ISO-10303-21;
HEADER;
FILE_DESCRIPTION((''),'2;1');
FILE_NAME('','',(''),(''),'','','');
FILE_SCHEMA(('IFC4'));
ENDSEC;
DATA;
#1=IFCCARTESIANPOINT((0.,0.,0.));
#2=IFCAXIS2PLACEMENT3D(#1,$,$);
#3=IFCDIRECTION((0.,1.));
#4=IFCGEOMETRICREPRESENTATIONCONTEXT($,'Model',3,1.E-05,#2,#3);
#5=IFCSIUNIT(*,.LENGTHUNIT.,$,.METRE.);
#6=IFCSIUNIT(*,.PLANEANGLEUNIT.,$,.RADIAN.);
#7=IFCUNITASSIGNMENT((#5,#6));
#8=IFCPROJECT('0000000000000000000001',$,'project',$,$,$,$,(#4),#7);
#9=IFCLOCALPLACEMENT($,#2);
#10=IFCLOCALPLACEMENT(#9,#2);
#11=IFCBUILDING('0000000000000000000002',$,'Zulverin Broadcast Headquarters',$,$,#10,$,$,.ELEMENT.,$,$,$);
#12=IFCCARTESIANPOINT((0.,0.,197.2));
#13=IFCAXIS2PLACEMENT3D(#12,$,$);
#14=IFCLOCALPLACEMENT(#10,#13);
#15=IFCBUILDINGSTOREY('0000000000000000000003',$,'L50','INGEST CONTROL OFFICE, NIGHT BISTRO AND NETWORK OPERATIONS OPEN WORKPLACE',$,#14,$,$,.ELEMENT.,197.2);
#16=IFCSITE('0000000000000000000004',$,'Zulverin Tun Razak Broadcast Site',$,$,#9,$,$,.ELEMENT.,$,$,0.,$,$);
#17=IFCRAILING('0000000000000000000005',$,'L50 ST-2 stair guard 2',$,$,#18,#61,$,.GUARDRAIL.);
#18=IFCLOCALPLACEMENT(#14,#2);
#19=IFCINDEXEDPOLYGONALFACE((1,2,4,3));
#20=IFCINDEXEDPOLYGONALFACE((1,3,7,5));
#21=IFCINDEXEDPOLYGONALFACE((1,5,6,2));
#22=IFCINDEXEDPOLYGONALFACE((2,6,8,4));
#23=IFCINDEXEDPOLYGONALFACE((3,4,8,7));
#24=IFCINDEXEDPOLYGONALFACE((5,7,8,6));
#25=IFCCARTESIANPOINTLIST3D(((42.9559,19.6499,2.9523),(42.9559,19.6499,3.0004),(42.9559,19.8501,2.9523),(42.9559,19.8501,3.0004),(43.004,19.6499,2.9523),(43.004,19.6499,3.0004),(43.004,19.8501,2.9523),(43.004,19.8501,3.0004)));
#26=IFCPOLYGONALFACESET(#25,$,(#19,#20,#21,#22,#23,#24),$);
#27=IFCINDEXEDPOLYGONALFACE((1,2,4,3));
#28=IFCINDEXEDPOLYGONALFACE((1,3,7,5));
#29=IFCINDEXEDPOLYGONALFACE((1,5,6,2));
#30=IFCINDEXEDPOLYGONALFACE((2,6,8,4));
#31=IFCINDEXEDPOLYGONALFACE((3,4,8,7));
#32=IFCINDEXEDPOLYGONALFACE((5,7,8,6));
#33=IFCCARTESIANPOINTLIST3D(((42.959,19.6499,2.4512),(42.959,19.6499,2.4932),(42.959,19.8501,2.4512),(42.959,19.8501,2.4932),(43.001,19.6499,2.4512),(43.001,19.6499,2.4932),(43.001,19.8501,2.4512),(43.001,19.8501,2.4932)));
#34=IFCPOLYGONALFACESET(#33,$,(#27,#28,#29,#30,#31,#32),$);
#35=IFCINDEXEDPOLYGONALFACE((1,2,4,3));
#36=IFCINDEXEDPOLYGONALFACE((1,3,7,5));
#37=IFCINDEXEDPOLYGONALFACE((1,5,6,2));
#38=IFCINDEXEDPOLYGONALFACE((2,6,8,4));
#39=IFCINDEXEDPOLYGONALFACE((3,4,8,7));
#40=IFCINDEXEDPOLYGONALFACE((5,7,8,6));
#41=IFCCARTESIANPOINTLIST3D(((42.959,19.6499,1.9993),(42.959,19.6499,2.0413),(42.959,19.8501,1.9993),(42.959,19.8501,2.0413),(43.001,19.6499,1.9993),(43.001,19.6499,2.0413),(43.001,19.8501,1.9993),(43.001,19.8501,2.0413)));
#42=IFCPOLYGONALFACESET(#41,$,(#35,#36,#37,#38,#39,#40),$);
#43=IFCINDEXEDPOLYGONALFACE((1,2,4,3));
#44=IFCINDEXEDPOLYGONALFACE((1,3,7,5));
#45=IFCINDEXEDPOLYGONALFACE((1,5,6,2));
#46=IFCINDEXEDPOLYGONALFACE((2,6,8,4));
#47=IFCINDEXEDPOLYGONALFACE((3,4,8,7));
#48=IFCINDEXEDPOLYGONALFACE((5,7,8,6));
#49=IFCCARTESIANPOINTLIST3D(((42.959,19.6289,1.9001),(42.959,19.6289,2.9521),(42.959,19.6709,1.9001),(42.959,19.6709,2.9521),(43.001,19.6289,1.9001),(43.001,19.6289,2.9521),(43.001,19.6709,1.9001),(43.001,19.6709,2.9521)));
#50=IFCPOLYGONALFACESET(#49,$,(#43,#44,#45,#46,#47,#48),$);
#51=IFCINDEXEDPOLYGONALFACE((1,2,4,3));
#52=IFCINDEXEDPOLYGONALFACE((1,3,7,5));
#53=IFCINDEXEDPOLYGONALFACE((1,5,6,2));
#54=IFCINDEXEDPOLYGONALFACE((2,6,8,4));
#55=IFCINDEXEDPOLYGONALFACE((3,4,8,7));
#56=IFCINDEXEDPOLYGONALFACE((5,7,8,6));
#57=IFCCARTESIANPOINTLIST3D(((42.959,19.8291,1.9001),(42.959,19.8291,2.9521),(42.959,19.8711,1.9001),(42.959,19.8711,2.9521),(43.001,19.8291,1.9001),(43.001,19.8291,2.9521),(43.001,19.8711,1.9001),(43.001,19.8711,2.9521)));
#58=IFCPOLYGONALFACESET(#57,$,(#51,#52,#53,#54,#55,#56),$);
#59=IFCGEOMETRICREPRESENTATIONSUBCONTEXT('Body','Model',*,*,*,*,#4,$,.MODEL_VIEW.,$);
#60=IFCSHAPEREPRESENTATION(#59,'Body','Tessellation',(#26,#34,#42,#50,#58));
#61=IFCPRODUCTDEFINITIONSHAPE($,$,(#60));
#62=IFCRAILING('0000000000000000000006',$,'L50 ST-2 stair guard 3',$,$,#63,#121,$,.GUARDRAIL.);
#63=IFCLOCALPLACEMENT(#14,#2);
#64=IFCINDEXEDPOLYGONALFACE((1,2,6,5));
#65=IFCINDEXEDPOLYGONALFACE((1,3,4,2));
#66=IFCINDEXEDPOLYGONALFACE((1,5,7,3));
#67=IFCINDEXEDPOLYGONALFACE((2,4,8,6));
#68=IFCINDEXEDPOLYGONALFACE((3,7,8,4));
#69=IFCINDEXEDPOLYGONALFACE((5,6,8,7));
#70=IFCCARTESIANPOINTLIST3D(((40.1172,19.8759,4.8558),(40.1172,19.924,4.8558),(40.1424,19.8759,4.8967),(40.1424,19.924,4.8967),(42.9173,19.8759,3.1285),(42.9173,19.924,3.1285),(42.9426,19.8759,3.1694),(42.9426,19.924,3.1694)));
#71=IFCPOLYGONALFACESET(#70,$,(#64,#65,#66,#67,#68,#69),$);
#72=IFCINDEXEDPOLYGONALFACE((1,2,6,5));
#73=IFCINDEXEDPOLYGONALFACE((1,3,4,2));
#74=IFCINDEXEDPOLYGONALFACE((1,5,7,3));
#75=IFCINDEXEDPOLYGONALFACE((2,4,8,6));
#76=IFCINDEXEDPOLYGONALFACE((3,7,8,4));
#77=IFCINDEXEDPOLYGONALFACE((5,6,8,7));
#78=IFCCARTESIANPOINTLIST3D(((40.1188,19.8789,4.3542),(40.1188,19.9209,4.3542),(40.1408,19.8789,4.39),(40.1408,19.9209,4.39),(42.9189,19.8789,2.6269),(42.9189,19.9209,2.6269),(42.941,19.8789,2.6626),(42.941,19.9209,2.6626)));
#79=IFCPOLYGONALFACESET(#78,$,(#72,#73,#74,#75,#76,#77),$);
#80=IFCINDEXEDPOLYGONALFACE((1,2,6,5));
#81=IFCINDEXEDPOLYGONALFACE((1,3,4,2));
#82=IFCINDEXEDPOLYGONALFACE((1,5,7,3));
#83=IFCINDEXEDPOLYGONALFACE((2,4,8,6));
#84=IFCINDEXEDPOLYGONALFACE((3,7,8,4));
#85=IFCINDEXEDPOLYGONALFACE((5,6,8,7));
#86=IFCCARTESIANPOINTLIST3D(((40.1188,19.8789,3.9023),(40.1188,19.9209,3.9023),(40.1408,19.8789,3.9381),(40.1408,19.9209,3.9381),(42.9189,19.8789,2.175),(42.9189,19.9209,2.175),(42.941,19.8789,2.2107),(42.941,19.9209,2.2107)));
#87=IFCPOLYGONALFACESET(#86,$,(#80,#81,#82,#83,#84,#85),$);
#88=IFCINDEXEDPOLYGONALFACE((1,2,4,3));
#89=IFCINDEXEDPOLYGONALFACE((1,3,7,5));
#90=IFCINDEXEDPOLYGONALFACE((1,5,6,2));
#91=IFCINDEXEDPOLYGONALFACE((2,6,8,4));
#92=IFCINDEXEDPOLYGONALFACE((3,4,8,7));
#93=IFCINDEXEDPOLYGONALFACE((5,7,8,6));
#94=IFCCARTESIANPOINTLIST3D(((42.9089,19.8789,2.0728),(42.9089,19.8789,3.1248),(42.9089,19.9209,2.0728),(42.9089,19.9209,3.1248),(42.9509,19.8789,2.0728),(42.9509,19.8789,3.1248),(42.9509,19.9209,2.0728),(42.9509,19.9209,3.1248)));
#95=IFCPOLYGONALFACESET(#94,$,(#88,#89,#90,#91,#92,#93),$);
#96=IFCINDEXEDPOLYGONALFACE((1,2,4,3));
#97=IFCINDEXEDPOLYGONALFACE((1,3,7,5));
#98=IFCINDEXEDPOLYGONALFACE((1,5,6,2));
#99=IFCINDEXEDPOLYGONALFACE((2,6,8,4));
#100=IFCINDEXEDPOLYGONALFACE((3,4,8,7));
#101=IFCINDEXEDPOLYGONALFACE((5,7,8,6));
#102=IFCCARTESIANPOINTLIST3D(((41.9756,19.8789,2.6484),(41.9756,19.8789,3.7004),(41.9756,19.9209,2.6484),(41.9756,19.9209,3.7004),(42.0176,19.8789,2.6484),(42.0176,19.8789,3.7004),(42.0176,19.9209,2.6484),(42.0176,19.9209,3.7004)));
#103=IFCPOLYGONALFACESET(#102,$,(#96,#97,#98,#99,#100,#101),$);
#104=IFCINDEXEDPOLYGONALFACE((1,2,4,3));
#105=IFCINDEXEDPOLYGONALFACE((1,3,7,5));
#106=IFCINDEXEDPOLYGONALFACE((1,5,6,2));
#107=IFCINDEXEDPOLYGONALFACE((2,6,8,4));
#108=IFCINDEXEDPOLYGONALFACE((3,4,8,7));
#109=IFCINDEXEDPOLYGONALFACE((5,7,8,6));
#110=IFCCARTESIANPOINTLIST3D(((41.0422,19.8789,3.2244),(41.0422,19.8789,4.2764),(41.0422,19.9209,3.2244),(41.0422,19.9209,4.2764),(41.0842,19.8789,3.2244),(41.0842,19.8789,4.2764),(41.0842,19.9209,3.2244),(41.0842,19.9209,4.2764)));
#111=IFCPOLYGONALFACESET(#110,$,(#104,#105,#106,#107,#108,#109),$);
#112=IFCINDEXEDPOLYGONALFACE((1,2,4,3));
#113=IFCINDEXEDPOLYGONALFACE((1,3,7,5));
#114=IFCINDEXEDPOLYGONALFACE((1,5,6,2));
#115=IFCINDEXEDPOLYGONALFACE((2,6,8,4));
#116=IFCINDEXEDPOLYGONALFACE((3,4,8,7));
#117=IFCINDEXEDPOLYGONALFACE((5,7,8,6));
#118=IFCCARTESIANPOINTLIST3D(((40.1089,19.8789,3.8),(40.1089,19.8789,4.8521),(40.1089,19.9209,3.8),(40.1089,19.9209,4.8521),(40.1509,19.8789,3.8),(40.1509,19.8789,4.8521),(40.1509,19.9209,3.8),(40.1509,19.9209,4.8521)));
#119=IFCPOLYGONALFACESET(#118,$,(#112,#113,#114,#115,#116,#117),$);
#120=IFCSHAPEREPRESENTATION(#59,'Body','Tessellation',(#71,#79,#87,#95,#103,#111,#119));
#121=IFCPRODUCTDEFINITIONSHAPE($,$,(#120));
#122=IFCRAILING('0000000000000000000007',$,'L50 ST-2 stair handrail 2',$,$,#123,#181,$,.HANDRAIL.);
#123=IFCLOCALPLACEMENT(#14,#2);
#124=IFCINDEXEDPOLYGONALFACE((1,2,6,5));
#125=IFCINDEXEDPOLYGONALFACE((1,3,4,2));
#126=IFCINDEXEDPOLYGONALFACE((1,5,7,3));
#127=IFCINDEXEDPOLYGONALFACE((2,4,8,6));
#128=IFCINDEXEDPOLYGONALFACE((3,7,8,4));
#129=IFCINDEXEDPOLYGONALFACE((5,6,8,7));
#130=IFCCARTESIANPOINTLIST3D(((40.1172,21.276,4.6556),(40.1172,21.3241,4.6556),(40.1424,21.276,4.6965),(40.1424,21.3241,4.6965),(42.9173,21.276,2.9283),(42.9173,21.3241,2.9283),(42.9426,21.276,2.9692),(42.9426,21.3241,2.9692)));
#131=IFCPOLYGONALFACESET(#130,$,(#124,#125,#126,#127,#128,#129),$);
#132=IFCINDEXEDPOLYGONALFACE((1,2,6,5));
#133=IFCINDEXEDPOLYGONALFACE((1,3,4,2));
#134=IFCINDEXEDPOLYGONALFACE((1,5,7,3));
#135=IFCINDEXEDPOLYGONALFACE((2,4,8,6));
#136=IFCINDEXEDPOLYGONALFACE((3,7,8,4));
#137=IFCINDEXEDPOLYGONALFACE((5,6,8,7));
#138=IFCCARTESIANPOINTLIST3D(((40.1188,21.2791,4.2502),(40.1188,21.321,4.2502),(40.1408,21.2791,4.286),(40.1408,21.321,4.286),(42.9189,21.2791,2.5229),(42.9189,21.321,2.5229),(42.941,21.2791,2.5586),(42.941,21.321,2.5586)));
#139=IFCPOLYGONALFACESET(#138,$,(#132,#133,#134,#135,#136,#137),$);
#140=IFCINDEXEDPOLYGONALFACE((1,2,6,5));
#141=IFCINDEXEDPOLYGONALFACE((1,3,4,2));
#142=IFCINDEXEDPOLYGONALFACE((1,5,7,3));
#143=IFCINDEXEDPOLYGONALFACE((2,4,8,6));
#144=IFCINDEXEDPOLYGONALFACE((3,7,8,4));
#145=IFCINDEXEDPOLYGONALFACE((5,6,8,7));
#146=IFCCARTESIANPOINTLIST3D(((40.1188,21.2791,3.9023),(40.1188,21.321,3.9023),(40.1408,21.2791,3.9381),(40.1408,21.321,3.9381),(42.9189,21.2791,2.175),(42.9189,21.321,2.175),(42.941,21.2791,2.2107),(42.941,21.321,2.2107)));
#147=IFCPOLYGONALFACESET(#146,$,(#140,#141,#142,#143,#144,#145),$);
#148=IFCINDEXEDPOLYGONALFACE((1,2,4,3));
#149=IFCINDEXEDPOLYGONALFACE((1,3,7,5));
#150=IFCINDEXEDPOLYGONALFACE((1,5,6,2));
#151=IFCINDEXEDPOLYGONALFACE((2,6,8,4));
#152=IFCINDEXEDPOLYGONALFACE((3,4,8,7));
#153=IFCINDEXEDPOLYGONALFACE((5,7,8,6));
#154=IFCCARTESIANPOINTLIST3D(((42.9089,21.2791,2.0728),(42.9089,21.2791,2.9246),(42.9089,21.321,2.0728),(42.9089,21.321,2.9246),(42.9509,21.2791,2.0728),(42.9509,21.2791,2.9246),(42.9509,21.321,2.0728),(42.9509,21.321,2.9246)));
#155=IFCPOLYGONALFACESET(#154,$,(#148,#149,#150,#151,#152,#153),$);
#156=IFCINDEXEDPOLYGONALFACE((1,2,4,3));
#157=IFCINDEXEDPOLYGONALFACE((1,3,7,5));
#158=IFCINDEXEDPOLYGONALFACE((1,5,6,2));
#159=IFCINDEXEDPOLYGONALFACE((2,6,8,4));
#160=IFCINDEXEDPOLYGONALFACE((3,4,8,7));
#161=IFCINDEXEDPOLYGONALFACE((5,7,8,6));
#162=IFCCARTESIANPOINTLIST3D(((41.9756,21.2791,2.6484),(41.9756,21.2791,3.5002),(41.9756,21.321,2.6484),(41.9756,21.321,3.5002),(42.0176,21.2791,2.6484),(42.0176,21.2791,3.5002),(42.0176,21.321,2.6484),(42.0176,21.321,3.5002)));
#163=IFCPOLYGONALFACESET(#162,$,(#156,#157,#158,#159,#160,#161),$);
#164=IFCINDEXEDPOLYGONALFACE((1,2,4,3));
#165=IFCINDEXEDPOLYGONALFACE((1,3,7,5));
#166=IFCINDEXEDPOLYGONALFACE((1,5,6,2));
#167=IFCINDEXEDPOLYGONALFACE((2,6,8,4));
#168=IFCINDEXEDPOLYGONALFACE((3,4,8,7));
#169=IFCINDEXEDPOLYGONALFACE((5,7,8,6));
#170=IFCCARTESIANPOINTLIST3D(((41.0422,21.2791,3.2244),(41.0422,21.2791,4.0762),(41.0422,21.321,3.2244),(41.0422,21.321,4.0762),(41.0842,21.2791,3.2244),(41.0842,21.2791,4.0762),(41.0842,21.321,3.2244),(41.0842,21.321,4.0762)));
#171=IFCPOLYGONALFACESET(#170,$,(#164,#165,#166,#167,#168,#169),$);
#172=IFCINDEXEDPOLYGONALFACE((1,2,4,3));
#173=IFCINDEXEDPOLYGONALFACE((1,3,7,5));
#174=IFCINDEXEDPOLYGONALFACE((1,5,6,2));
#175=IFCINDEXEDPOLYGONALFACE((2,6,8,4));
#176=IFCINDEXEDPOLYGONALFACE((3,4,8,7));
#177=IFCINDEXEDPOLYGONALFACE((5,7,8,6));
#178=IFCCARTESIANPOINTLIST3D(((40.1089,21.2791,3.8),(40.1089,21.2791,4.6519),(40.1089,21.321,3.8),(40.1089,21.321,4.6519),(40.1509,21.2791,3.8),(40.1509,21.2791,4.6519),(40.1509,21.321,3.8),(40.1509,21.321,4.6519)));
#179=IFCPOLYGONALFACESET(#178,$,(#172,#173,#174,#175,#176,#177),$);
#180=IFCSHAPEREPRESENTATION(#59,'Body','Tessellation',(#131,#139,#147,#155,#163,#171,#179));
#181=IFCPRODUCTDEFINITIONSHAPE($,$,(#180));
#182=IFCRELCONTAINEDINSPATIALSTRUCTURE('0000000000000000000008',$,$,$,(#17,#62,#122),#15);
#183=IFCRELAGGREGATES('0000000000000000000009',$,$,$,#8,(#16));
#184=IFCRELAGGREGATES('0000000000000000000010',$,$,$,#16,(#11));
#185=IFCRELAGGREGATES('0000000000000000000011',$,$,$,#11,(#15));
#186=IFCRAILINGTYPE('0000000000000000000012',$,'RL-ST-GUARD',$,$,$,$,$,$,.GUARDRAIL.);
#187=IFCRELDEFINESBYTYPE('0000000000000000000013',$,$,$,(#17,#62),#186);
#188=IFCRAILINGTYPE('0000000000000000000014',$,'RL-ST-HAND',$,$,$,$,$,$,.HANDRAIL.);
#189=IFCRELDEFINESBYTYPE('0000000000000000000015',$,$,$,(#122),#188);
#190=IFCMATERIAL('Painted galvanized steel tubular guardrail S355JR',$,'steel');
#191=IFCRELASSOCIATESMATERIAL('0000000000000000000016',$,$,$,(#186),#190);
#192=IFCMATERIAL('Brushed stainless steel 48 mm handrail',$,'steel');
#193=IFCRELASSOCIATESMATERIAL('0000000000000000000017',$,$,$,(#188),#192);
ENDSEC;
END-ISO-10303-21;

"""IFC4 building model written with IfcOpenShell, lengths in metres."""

from ifc_helpers import new_model, si_unit, direction, frame, origin, origin_2d, place, context, subcontext, project, spatial, rectangle, extrude, material, type_object, element, save


model = new_model("IFC4")

# Units and contexts
model_context = context("Model", 3, precision=1e-05, world=origin(), true_north=direction((0.0, 1.0)))
body_context = subcontext(model_context, "Body", "Model", "MODEL_VIEW")
ifc_project = project(units=[si_unit("LENGTHUNIT", "METRE"), si_unit("PLANEANGLEUNIT", "RADIAN")], contexts=[model_context])

# Site, building, storey
site_placement = place(None, origin())
site = spatial("IfcSite", under=ifc_project, at=site_placement, Name="Zulverin Tun Razak Broadcast Site", CompositionType="ELEMENT", RefElevation=0.0)
building_placement = place(site_placement, origin())
building = spatial("IfcBuilding", under=site, at=building_placement, Name="Zulverin Broadcast Headquarters", CompositionType="ELEMENT")
storey_placement = place(building_placement, frame((0.0, 0.0, 197.2)))
storey = spatial("IfcBuildingStorey", under=building, at=storey_placement, Name="L50", Description="INGEST CONTROL OFFICE, NIGHT BISTRO AND NETWORK OPERATIONS OPEN WORKPLACE", CompositionType="ELEMENT", Elevation=197.2)

# Railings
ifc_material_1 = material(Name="Painted galvanized steel tubular guardrail S355JR", Category="steel")
railing_type_1 = type_object("IfcRailingType", Name="RL-ST-GUARD", PredefinedType="GUARDRAIL", material=ifc_material_1)
railing_1_placement = place(storey_placement, frame((42.98, 19.6499, 1.9001)))
element("IfcRailing", 1, at=railing_1_placement, inside=storey, type_object=railing_type_1, Name="L50 ST-2 stair guard 2", PredefinedType="GUARDRAIL", context=body_context, shape_type="SweptSolid", body=[
    extrude(rectangle(XDim=0.0481, YDim=0.0481, at=origin_2d()), frame((0.0, 0.0, 1.0762), z_axis=(0.0, 1.0, 0.0), x_axis=(-1.0, 0.0, 0.0)), (0.0, 0.0, 1.0), 0.2002),
    extrude(rectangle(XDim=0.042, YDim=0.042, at=origin_2d()), frame((0.0, 0.0, 0.572), z_axis=(0.0, 1.0, 0.0), x_axis=(-1.0, 0.0, 0.0)), (0.0, 0.0, 1.0), 0.2002),
    extrude(rectangle(XDim=0.042, YDim=0.042, at=origin_2d()), frame((0.0, 0.0, 0.1201), z_axis=(0.0, 1.0, 0.0), x_axis=(-1.0, 0.0, 0.0)), (0.0, 0.0, 1.0), 0.2002),
    extrude(rectangle(XDim=0.042, YDim=0.042, at=origin_2d()), origin(), (0.0, 0.0, 1.0), 1.052),
    extrude(rectangle(XDim=0.042, YDim=0.042, at=origin_2d()), frame((0.0, 0.2002, 0.0)), (0.0, 0.0, 1.0), 1.052),
])
railing_2_placement = place(storey_placement, frame((42.9299, 19.8999, 2.0728)))
element("IfcRailing", 2, at=railing_2_placement, inside=storey, type_object=railing_type_1, Name="L50 ST-2 stair guard 3", PredefinedType="GUARDRAIL", context=body_context, shape_type="SweptSolid", body=[
    extrude(rectangle(XDim=0.0481, YDim=0.0481, at=origin_2d()), frame((0.0, 0.0, 1.0762), z_axis=(-0.85109, 0.0, 0.52502), x_axis=(0.0, -1.0, 0.0)), (0.0, 0.0, 1.0), 3.29),
    extrude(rectangle(XDim=0.042, YDim=0.042, at=origin_2d()), frame((0.0, 0.0, 0.572), z_axis=(-0.85109, 0.0, 0.52502), x_axis=(0.0, -1.0, 0.0)), (0.0, 0.0, 1.0), 3.29),
    extrude(rectangle(XDim=0.042, YDim=0.042, at=origin_2d()), frame((0.0, 0.0, 0.1201), z_axis=(-0.85109, 0.0, 0.52502), x_axis=(0.0, -1.0, 0.0)), (0.0, 0.0, 1.0), 3.29),
    extrude(rectangle(XDim=0.042, YDim=0.042, at=origin_2d()), origin(), (0.0, 0.0, 1.0), 1.052),
    extrude(rectangle(XDim=0.042, YDim=0.042, at=origin_2d()), frame((-0.9333, 0.0, 0.5757)), (0.0, 0.0, 1.0), 1.052),
    extrude(rectangle(XDim=0.042, YDim=0.042, at=origin_2d()), frame((-1.8667, 0.0, 1.1516)), (0.0, 0.0, 1.0), 1.052),
    extrude(rectangle(XDim=0.042, YDim=0.042, at=origin_2d()), frame((-2.8, 0.0, 1.7273)), (0.0, 0.0, 1.0), 1.052),
])
ifc_material_2 = material(Name="Brushed stainless steel 48 mm handrail", Category="steel")
railing_type_2 = type_object("IfcRailingType", Name="RL-ST-HAND", PredefinedType="HANDRAIL", material=ifc_material_2)
railing_3_placement = place(storey_placement, frame((42.9299, 21.3, 2.0728)))
element("IfcRailing", 3, at=railing_3_placement, inside=storey, type_object=railing_type_2, Name="L50 ST-2 stair handrail 2", PredefinedType="HANDRAIL", context=body_context, shape_type="SweptSolid", body=[
    extrude(rectangle(XDim=0.0481, YDim=0.0481, at=origin_2d()), frame((0.0, 0.0, 0.876), z_axis=(-0.85109, 0.0, 0.52502), x_axis=(0.0, -1.0, 0.0)), (0.0, 0.0, 1.0), 3.29),
    extrude(rectangle(XDim=0.042, YDim=0.042, at=origin_2d()), frame((0.0, 0.0, 0.468), z_axis=(-0.85109, 0.0, 0.52502), x_axis=(0.0, -1.0, 0.0)), (0.0, 0.0, 1.0), 3.29),
    extrude(rectangle(XDim=0.042, YDim=0.042, at=origin_2d()), frame((0.0, 0.0, 0.1201), z_axis=(-0.85109, 0.0, 0.52502), x_axis=(0.0, -1.0, 0.0)), (0.0, 0.0, 1.0), 3.29),
    extrude(rectangle(XDim=0.042, YDim=0.042, at=origin_2d()), origin(), (0.0, 0.0, 1.0), 0.8518),
    extrude(rectangle(XDim=0.042, YDim=0.042, at=origin_2d()), frame((-0.9333, 0.0, 0.5757)), (0.0, 0.0, 1.0), 0.8518),
    extrude(rectangle(XDim=0.042, YDim=0.042, at=origin_2d()), frame((-1.8667, 0.0, 1.1516)), (0.0, 0.0, 1.0), 0.8518),
    extrude(rectangle(XDim=0.042, YDim=0.042, at=origin_2d()), frame((-2.8, 0.0, 1.7273)), (0.0, 0.0, 1.0), 0.8518),
])

save(model, "model.ifc")
